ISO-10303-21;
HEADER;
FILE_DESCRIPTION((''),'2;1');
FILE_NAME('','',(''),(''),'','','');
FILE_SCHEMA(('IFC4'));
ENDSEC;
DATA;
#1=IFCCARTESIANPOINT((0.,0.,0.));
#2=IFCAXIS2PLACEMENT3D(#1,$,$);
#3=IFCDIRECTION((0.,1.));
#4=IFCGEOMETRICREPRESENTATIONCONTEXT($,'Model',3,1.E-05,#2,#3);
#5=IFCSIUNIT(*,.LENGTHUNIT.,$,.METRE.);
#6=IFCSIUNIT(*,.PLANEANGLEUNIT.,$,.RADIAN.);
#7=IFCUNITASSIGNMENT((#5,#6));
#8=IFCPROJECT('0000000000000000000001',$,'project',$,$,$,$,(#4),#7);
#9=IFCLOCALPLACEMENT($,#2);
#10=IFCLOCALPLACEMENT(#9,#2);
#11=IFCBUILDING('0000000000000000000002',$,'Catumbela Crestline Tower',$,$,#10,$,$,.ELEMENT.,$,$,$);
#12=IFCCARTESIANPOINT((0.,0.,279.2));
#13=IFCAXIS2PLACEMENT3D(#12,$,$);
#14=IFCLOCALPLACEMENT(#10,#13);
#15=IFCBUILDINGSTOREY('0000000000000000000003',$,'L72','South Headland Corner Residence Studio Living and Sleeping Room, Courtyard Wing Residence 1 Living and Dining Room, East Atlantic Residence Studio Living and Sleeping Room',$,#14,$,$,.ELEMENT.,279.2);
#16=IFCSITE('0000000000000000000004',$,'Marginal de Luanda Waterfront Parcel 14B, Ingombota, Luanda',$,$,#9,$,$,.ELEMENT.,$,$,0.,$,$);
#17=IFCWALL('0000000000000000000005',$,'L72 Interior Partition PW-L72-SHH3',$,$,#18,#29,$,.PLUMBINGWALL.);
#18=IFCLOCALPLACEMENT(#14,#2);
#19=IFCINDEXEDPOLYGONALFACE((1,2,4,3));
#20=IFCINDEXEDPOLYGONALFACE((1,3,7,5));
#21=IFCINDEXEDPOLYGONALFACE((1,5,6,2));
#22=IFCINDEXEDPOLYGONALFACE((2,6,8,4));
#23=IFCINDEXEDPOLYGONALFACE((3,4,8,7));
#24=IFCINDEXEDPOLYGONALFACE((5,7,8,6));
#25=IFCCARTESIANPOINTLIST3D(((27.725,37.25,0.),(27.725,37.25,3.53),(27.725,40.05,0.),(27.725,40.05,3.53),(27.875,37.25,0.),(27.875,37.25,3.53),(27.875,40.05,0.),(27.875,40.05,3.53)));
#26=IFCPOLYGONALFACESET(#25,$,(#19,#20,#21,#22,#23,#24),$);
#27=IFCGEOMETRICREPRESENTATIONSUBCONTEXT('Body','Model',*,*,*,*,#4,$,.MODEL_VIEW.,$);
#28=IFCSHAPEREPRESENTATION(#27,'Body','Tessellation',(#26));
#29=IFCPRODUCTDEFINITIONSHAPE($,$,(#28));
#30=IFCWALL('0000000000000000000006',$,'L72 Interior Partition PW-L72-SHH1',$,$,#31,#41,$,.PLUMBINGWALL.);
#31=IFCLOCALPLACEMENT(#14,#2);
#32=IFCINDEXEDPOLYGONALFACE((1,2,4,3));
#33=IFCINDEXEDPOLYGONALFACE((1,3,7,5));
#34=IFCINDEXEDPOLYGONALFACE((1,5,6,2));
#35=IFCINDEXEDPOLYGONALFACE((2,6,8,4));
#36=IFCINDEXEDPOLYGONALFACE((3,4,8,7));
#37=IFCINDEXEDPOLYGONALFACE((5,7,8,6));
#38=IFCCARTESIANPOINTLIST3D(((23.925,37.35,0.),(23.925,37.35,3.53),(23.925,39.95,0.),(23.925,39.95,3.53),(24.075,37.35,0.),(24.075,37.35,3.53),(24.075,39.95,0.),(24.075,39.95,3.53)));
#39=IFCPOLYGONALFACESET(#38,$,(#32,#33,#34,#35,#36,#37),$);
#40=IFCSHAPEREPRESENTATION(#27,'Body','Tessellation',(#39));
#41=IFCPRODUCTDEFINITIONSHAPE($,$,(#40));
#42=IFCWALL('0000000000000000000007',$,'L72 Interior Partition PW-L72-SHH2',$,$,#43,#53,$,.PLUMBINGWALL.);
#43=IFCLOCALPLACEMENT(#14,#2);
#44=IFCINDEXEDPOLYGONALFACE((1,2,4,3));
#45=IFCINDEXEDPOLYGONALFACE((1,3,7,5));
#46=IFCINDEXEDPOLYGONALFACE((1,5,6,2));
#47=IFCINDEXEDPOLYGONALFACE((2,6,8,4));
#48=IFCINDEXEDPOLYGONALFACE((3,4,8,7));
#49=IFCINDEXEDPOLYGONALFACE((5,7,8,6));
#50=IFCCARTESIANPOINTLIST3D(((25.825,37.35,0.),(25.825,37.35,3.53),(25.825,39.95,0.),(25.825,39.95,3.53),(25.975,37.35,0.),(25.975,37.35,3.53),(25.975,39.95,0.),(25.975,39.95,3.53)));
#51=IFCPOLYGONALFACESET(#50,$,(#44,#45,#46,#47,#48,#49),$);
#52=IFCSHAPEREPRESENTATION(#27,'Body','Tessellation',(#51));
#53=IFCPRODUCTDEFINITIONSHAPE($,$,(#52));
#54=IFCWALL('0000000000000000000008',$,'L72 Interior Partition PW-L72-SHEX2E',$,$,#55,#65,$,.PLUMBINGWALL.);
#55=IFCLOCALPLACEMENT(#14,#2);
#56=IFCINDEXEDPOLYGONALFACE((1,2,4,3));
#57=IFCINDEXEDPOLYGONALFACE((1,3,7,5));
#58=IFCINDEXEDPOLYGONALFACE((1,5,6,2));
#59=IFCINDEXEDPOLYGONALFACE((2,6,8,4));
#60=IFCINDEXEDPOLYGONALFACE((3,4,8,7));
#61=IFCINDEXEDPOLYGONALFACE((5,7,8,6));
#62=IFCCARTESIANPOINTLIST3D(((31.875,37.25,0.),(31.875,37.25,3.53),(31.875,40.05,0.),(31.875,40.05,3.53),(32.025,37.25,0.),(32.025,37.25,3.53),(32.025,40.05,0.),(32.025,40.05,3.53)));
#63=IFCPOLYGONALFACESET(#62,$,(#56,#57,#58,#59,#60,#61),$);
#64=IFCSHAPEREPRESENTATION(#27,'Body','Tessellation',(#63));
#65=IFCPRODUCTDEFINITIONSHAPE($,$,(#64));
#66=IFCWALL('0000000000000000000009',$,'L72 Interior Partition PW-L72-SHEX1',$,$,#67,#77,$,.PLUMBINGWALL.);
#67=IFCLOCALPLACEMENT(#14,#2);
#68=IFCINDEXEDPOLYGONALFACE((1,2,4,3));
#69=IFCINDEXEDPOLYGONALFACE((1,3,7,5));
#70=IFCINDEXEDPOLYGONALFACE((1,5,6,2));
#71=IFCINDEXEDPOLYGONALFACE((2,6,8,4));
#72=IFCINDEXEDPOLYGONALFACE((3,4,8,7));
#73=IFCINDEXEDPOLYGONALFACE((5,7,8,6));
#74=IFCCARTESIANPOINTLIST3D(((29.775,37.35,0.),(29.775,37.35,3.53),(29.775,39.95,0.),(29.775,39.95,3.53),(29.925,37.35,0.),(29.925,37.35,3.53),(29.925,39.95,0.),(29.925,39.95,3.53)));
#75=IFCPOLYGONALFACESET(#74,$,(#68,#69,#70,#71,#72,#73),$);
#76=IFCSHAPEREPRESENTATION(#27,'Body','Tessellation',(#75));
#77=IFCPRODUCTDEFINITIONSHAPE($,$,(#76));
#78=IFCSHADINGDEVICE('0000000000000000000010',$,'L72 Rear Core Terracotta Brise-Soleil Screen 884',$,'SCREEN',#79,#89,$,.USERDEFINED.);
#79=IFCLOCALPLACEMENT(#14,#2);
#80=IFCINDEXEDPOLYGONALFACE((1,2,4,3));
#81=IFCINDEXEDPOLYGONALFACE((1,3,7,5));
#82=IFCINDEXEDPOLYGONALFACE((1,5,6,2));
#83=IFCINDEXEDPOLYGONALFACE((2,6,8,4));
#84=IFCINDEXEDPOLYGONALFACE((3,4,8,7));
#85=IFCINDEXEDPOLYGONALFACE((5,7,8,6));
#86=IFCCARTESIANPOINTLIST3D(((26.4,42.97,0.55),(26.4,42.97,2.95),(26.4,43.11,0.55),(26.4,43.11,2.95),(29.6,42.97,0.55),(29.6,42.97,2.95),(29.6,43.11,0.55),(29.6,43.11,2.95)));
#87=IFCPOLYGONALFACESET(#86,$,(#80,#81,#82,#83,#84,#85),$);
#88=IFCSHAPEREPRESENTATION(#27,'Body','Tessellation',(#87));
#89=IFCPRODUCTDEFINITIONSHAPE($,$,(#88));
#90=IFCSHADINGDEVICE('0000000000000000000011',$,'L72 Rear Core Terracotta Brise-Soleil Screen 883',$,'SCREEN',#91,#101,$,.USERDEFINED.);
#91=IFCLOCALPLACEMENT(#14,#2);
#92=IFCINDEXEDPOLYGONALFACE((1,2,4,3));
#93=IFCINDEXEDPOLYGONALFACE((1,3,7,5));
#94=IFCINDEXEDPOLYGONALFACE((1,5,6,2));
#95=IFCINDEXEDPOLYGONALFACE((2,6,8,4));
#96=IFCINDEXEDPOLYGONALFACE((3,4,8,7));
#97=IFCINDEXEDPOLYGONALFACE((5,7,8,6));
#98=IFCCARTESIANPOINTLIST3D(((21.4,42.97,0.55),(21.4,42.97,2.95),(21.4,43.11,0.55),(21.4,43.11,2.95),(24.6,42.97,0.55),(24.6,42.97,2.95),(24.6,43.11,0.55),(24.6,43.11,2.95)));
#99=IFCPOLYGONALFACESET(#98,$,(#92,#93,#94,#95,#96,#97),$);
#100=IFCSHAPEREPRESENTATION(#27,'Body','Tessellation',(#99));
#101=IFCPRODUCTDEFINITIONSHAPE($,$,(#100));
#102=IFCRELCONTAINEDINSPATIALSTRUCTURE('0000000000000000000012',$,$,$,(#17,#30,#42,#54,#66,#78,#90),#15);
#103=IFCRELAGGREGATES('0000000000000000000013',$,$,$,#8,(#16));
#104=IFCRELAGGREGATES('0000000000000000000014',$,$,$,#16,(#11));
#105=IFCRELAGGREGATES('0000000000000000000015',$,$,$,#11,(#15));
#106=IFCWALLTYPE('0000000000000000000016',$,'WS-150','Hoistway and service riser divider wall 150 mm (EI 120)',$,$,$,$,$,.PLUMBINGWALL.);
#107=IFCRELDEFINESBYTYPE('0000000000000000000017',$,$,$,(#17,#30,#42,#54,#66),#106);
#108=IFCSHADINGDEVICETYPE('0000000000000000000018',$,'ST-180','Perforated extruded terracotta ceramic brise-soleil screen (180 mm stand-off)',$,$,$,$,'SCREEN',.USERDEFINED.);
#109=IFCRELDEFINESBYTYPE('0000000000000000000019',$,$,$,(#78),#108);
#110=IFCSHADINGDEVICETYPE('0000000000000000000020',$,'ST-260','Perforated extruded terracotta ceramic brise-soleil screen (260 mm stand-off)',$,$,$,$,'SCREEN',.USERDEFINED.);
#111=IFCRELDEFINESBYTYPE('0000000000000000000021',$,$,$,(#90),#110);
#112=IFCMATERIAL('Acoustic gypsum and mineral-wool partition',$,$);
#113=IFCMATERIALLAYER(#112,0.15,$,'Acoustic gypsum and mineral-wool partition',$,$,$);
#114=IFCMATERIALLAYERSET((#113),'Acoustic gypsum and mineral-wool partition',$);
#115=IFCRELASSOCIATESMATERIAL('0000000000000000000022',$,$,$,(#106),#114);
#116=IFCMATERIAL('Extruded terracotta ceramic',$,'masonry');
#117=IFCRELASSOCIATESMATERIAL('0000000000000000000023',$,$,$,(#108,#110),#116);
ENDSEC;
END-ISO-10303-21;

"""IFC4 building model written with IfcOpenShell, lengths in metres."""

from ifc_helpers import new_model, si_unit, direction, frame, frame_2d, origin, origin_2d, place, context, subcontext, project, spatial, rectangle, extrude, material, layer, layer_set, type_object, element, save


model = new_model("IFC4")

# Units and contexts
model_context = context("Model", 3, precision=1e-05, world=origin(), true_north=direction((0.0, 1.0)))
body_context = subcontext(model_context, "Body", "Model", "MODEL_VIEW")
ifc_project = project(units=[si_unit("LENGTHUNIT", "METRE"), si_unit("PLANEANGLEUNIT", "RADIAN")], contexts=[model_context])

# Site, building, storey
site_placement = place(None, origin())
site = spatial("IfcSite", under=ifc_project, at=site_placement, Name="Marginal de Luanda Waterfront Parcel 14B, Ingombota, Luanda", CompositionType="ELEMENT", RefElevation=0.0)
building_placement = place(site_placement, origin())
building = spatial("IfcBuilding", under=site, at=building_placement, Name="Catumbela Crestline Tower", CompositionType="ELEMENT")
storey_placement = place(building_placement, frame((0.0, 0.0, 279.2)))
storey = spatial("IfcBuildingStorey", under=building, at=storey_placement, Name="L72", Description="South Headland Corner Residence Studio Living and Sleeping Room, Courtyard Wing Residence 1 Living and Dining Room, East Atlantic Residence Studio Living and Sleeping Room", CompositionType="ELEMENT", Elevation=279.2)

# Shared definitions
ifc_material_1 = material(Name="Acoustic gypsum and mineral-wool partition")

# Walls
ifc_layer_1 = layer(ifc_material_1, 0.15, Name="Acoustic gypsum and mineral-wool partition")
ifc_layer_set_1 = layer_set([ifc_layer_1], Name="Acoustic gypsum and mineral-wool partition")
wall_type_1 = type_object("IfcWallType", Name="WS-150", Description="Hoistway and service riser divider wall 150 mm (EI 120)", PredefinedType="PLUMBINGWALL", material=ifc_layer_set_1)
wall_1_placement = place(storey_placement, frame((27.8, 37.25, 0.0), z_axis=(0.0, 0.0, 1.0), x_axis=(0.0, 1.0, 0.0)))
element("IfcWall", 1, at=wall_1_placement, inside=storey, type_object=wall_type_1, Name="L72 Interior Partition PW-L72-SHH3", PredefinedType="PLUMBINGWALL", context=body_context, shape_type="SweptSolid", body=[
    extrude(rectangle(XDim=2.8, YDim=0.15, at=frame_2d((1.4, 0.0))), origin(), (0.0, 0.0, 1.0), 3.53),
])
for number, where, z_axis, x_axis, name in (
    (2, (24.0, 37.35, 0.0), (0.0, 0.0, 1.0), (0.0, 1.0, 0.0), "L72 Interior Partition PW-L72-SHH1"),
    (3, (25.9, 37.35, 0.0), (0.0, 0.0, 1.0), (0.0, 1.0, 0.0), "L72 Interior Partition PW-L72-SHH2"),
):
    element("IfcWall", number, at=place(storey_placement, frame(where, z_axis=z_axis, x_axis=x_axis)), inside=storey, type_object=wall_type_1, Name=name, PredefinedType="PLUMBINGWALL", context=body_context, shape_type="SweptSolid", body=[
        extrude(rectangle(XDim=2.6, YDim=0.15, at=frame_2d((1.3, 0.0))), origin(), (0.0, 0.0, 1.0), 3.53),
    ])
wall_2_placement = place(storey_placement, frame((31.95, 37.25, 0.0), z_axis=(0.0, 0.0, 1.0), x_axis=(0.0, 1.0, 0.0)))
element("IfcWall", 4, at=wall_2_placement, inside=storey, type_object=wall_type_1, Name="L72 Interior Partition PW-L72-SHEX2E", PredefinedType="PLUMBINGWALL", context=body_context, shape_type="SweptSolid", body=[
    extrude(rectangle(XDim=2.8, YDim=0.15, at=frame_2d((1.4, 0.0))), origin(), (0.0, 0.0, 1.0), 3.53),
])
wall_3_placement = place(storey_placement, frame((29.85, 37.35, 0.0), z_axis=(0.0, 0.0, 1.0), x_axis=(0.0, 1.0, 0.0)))
element("IfcWall", 5, at=wall_3_placement, inside=storey, type_object=wall_type_1, Name="L72 Interior Partition PW-L72-SHEX1", PredefinedType="PLUMBINGWALL", context=body_context, shape_type="SweptSolid", body=[
    extrude(rectangle(XDim=2.6, YDim=0.15, at=frame_2d((1.3, 0.0))), origin(), (0.0, 0.0, 1.0), 3.53),
])

# Shading devices
ifc_material_2 = material(Name="Extruded terracotta ceramic", Category="masonry")
shading_device_type_1 = type_object("IfcShadingDeviceType", Name="ST-180", Description="Perforated extruded terracotta ceramic brise-soleil screen (180 mm stand-off)", ElementType="SCREEN", PredefinedType="USERDEFINED", material=ifc_material_2)
shading_device_1_placement = place(storey_placement, frame((28.0, 43.04, 0.55), z_axis=(0.0, 0.0, 1.0), x_axis=(1.0, 0.0, 0.0)))
element("IfcShadingDevice", 6, at=shading_device_1_placement, inside=storey, type_object=shading_device_type_1, Name="L72 Rear Core Terracotta Brise-Soleil Screen 884", ObjectType="SCREEN", PredefinedType="USERDEFINED", context=body_context, shape_type="SweptSolid", body=[
    extrude(rectangle(XDim=3.2, YDim=0.14, at=origin_2d()), origin(), (0.0, 0.0, 1.0), 2.4),
])
shading_device_type_2 = type_object("IfcShadingDeviceType", Name="ST-260", Description="Perforated extruded terracotta ceramic brise-soleil screen (260 mm stand-off)", ElementType="SCREEN", PredefinedType="USERDEFINED", material=ifc_material_2)
shading_device_2_placement = place(storey_placement, frame((23.0, 43.04, 0.55), z_axis=(0.0, 0.0, 1.0), x_axis=(1.0, 0.0, 0.0)))
element("IfcShadingDevice", 7, at=shading_device_2_placement, inside=storey, type_object=shading_device_type_2, Name="L72 Rear Core Terracotta Brise-Soleil Screen 883", ObjectType="SCREEN", PredefinedType="USERDEFINED", context=body_context, shape_type="SweptSolid", body=[
    extrude(rectangle(XDim=3.2, YDim=0.14, at=origin_2d()), origin(), (0.0, 0.0, 1.0), 2.4),
])

save(model, "model.ifc")
